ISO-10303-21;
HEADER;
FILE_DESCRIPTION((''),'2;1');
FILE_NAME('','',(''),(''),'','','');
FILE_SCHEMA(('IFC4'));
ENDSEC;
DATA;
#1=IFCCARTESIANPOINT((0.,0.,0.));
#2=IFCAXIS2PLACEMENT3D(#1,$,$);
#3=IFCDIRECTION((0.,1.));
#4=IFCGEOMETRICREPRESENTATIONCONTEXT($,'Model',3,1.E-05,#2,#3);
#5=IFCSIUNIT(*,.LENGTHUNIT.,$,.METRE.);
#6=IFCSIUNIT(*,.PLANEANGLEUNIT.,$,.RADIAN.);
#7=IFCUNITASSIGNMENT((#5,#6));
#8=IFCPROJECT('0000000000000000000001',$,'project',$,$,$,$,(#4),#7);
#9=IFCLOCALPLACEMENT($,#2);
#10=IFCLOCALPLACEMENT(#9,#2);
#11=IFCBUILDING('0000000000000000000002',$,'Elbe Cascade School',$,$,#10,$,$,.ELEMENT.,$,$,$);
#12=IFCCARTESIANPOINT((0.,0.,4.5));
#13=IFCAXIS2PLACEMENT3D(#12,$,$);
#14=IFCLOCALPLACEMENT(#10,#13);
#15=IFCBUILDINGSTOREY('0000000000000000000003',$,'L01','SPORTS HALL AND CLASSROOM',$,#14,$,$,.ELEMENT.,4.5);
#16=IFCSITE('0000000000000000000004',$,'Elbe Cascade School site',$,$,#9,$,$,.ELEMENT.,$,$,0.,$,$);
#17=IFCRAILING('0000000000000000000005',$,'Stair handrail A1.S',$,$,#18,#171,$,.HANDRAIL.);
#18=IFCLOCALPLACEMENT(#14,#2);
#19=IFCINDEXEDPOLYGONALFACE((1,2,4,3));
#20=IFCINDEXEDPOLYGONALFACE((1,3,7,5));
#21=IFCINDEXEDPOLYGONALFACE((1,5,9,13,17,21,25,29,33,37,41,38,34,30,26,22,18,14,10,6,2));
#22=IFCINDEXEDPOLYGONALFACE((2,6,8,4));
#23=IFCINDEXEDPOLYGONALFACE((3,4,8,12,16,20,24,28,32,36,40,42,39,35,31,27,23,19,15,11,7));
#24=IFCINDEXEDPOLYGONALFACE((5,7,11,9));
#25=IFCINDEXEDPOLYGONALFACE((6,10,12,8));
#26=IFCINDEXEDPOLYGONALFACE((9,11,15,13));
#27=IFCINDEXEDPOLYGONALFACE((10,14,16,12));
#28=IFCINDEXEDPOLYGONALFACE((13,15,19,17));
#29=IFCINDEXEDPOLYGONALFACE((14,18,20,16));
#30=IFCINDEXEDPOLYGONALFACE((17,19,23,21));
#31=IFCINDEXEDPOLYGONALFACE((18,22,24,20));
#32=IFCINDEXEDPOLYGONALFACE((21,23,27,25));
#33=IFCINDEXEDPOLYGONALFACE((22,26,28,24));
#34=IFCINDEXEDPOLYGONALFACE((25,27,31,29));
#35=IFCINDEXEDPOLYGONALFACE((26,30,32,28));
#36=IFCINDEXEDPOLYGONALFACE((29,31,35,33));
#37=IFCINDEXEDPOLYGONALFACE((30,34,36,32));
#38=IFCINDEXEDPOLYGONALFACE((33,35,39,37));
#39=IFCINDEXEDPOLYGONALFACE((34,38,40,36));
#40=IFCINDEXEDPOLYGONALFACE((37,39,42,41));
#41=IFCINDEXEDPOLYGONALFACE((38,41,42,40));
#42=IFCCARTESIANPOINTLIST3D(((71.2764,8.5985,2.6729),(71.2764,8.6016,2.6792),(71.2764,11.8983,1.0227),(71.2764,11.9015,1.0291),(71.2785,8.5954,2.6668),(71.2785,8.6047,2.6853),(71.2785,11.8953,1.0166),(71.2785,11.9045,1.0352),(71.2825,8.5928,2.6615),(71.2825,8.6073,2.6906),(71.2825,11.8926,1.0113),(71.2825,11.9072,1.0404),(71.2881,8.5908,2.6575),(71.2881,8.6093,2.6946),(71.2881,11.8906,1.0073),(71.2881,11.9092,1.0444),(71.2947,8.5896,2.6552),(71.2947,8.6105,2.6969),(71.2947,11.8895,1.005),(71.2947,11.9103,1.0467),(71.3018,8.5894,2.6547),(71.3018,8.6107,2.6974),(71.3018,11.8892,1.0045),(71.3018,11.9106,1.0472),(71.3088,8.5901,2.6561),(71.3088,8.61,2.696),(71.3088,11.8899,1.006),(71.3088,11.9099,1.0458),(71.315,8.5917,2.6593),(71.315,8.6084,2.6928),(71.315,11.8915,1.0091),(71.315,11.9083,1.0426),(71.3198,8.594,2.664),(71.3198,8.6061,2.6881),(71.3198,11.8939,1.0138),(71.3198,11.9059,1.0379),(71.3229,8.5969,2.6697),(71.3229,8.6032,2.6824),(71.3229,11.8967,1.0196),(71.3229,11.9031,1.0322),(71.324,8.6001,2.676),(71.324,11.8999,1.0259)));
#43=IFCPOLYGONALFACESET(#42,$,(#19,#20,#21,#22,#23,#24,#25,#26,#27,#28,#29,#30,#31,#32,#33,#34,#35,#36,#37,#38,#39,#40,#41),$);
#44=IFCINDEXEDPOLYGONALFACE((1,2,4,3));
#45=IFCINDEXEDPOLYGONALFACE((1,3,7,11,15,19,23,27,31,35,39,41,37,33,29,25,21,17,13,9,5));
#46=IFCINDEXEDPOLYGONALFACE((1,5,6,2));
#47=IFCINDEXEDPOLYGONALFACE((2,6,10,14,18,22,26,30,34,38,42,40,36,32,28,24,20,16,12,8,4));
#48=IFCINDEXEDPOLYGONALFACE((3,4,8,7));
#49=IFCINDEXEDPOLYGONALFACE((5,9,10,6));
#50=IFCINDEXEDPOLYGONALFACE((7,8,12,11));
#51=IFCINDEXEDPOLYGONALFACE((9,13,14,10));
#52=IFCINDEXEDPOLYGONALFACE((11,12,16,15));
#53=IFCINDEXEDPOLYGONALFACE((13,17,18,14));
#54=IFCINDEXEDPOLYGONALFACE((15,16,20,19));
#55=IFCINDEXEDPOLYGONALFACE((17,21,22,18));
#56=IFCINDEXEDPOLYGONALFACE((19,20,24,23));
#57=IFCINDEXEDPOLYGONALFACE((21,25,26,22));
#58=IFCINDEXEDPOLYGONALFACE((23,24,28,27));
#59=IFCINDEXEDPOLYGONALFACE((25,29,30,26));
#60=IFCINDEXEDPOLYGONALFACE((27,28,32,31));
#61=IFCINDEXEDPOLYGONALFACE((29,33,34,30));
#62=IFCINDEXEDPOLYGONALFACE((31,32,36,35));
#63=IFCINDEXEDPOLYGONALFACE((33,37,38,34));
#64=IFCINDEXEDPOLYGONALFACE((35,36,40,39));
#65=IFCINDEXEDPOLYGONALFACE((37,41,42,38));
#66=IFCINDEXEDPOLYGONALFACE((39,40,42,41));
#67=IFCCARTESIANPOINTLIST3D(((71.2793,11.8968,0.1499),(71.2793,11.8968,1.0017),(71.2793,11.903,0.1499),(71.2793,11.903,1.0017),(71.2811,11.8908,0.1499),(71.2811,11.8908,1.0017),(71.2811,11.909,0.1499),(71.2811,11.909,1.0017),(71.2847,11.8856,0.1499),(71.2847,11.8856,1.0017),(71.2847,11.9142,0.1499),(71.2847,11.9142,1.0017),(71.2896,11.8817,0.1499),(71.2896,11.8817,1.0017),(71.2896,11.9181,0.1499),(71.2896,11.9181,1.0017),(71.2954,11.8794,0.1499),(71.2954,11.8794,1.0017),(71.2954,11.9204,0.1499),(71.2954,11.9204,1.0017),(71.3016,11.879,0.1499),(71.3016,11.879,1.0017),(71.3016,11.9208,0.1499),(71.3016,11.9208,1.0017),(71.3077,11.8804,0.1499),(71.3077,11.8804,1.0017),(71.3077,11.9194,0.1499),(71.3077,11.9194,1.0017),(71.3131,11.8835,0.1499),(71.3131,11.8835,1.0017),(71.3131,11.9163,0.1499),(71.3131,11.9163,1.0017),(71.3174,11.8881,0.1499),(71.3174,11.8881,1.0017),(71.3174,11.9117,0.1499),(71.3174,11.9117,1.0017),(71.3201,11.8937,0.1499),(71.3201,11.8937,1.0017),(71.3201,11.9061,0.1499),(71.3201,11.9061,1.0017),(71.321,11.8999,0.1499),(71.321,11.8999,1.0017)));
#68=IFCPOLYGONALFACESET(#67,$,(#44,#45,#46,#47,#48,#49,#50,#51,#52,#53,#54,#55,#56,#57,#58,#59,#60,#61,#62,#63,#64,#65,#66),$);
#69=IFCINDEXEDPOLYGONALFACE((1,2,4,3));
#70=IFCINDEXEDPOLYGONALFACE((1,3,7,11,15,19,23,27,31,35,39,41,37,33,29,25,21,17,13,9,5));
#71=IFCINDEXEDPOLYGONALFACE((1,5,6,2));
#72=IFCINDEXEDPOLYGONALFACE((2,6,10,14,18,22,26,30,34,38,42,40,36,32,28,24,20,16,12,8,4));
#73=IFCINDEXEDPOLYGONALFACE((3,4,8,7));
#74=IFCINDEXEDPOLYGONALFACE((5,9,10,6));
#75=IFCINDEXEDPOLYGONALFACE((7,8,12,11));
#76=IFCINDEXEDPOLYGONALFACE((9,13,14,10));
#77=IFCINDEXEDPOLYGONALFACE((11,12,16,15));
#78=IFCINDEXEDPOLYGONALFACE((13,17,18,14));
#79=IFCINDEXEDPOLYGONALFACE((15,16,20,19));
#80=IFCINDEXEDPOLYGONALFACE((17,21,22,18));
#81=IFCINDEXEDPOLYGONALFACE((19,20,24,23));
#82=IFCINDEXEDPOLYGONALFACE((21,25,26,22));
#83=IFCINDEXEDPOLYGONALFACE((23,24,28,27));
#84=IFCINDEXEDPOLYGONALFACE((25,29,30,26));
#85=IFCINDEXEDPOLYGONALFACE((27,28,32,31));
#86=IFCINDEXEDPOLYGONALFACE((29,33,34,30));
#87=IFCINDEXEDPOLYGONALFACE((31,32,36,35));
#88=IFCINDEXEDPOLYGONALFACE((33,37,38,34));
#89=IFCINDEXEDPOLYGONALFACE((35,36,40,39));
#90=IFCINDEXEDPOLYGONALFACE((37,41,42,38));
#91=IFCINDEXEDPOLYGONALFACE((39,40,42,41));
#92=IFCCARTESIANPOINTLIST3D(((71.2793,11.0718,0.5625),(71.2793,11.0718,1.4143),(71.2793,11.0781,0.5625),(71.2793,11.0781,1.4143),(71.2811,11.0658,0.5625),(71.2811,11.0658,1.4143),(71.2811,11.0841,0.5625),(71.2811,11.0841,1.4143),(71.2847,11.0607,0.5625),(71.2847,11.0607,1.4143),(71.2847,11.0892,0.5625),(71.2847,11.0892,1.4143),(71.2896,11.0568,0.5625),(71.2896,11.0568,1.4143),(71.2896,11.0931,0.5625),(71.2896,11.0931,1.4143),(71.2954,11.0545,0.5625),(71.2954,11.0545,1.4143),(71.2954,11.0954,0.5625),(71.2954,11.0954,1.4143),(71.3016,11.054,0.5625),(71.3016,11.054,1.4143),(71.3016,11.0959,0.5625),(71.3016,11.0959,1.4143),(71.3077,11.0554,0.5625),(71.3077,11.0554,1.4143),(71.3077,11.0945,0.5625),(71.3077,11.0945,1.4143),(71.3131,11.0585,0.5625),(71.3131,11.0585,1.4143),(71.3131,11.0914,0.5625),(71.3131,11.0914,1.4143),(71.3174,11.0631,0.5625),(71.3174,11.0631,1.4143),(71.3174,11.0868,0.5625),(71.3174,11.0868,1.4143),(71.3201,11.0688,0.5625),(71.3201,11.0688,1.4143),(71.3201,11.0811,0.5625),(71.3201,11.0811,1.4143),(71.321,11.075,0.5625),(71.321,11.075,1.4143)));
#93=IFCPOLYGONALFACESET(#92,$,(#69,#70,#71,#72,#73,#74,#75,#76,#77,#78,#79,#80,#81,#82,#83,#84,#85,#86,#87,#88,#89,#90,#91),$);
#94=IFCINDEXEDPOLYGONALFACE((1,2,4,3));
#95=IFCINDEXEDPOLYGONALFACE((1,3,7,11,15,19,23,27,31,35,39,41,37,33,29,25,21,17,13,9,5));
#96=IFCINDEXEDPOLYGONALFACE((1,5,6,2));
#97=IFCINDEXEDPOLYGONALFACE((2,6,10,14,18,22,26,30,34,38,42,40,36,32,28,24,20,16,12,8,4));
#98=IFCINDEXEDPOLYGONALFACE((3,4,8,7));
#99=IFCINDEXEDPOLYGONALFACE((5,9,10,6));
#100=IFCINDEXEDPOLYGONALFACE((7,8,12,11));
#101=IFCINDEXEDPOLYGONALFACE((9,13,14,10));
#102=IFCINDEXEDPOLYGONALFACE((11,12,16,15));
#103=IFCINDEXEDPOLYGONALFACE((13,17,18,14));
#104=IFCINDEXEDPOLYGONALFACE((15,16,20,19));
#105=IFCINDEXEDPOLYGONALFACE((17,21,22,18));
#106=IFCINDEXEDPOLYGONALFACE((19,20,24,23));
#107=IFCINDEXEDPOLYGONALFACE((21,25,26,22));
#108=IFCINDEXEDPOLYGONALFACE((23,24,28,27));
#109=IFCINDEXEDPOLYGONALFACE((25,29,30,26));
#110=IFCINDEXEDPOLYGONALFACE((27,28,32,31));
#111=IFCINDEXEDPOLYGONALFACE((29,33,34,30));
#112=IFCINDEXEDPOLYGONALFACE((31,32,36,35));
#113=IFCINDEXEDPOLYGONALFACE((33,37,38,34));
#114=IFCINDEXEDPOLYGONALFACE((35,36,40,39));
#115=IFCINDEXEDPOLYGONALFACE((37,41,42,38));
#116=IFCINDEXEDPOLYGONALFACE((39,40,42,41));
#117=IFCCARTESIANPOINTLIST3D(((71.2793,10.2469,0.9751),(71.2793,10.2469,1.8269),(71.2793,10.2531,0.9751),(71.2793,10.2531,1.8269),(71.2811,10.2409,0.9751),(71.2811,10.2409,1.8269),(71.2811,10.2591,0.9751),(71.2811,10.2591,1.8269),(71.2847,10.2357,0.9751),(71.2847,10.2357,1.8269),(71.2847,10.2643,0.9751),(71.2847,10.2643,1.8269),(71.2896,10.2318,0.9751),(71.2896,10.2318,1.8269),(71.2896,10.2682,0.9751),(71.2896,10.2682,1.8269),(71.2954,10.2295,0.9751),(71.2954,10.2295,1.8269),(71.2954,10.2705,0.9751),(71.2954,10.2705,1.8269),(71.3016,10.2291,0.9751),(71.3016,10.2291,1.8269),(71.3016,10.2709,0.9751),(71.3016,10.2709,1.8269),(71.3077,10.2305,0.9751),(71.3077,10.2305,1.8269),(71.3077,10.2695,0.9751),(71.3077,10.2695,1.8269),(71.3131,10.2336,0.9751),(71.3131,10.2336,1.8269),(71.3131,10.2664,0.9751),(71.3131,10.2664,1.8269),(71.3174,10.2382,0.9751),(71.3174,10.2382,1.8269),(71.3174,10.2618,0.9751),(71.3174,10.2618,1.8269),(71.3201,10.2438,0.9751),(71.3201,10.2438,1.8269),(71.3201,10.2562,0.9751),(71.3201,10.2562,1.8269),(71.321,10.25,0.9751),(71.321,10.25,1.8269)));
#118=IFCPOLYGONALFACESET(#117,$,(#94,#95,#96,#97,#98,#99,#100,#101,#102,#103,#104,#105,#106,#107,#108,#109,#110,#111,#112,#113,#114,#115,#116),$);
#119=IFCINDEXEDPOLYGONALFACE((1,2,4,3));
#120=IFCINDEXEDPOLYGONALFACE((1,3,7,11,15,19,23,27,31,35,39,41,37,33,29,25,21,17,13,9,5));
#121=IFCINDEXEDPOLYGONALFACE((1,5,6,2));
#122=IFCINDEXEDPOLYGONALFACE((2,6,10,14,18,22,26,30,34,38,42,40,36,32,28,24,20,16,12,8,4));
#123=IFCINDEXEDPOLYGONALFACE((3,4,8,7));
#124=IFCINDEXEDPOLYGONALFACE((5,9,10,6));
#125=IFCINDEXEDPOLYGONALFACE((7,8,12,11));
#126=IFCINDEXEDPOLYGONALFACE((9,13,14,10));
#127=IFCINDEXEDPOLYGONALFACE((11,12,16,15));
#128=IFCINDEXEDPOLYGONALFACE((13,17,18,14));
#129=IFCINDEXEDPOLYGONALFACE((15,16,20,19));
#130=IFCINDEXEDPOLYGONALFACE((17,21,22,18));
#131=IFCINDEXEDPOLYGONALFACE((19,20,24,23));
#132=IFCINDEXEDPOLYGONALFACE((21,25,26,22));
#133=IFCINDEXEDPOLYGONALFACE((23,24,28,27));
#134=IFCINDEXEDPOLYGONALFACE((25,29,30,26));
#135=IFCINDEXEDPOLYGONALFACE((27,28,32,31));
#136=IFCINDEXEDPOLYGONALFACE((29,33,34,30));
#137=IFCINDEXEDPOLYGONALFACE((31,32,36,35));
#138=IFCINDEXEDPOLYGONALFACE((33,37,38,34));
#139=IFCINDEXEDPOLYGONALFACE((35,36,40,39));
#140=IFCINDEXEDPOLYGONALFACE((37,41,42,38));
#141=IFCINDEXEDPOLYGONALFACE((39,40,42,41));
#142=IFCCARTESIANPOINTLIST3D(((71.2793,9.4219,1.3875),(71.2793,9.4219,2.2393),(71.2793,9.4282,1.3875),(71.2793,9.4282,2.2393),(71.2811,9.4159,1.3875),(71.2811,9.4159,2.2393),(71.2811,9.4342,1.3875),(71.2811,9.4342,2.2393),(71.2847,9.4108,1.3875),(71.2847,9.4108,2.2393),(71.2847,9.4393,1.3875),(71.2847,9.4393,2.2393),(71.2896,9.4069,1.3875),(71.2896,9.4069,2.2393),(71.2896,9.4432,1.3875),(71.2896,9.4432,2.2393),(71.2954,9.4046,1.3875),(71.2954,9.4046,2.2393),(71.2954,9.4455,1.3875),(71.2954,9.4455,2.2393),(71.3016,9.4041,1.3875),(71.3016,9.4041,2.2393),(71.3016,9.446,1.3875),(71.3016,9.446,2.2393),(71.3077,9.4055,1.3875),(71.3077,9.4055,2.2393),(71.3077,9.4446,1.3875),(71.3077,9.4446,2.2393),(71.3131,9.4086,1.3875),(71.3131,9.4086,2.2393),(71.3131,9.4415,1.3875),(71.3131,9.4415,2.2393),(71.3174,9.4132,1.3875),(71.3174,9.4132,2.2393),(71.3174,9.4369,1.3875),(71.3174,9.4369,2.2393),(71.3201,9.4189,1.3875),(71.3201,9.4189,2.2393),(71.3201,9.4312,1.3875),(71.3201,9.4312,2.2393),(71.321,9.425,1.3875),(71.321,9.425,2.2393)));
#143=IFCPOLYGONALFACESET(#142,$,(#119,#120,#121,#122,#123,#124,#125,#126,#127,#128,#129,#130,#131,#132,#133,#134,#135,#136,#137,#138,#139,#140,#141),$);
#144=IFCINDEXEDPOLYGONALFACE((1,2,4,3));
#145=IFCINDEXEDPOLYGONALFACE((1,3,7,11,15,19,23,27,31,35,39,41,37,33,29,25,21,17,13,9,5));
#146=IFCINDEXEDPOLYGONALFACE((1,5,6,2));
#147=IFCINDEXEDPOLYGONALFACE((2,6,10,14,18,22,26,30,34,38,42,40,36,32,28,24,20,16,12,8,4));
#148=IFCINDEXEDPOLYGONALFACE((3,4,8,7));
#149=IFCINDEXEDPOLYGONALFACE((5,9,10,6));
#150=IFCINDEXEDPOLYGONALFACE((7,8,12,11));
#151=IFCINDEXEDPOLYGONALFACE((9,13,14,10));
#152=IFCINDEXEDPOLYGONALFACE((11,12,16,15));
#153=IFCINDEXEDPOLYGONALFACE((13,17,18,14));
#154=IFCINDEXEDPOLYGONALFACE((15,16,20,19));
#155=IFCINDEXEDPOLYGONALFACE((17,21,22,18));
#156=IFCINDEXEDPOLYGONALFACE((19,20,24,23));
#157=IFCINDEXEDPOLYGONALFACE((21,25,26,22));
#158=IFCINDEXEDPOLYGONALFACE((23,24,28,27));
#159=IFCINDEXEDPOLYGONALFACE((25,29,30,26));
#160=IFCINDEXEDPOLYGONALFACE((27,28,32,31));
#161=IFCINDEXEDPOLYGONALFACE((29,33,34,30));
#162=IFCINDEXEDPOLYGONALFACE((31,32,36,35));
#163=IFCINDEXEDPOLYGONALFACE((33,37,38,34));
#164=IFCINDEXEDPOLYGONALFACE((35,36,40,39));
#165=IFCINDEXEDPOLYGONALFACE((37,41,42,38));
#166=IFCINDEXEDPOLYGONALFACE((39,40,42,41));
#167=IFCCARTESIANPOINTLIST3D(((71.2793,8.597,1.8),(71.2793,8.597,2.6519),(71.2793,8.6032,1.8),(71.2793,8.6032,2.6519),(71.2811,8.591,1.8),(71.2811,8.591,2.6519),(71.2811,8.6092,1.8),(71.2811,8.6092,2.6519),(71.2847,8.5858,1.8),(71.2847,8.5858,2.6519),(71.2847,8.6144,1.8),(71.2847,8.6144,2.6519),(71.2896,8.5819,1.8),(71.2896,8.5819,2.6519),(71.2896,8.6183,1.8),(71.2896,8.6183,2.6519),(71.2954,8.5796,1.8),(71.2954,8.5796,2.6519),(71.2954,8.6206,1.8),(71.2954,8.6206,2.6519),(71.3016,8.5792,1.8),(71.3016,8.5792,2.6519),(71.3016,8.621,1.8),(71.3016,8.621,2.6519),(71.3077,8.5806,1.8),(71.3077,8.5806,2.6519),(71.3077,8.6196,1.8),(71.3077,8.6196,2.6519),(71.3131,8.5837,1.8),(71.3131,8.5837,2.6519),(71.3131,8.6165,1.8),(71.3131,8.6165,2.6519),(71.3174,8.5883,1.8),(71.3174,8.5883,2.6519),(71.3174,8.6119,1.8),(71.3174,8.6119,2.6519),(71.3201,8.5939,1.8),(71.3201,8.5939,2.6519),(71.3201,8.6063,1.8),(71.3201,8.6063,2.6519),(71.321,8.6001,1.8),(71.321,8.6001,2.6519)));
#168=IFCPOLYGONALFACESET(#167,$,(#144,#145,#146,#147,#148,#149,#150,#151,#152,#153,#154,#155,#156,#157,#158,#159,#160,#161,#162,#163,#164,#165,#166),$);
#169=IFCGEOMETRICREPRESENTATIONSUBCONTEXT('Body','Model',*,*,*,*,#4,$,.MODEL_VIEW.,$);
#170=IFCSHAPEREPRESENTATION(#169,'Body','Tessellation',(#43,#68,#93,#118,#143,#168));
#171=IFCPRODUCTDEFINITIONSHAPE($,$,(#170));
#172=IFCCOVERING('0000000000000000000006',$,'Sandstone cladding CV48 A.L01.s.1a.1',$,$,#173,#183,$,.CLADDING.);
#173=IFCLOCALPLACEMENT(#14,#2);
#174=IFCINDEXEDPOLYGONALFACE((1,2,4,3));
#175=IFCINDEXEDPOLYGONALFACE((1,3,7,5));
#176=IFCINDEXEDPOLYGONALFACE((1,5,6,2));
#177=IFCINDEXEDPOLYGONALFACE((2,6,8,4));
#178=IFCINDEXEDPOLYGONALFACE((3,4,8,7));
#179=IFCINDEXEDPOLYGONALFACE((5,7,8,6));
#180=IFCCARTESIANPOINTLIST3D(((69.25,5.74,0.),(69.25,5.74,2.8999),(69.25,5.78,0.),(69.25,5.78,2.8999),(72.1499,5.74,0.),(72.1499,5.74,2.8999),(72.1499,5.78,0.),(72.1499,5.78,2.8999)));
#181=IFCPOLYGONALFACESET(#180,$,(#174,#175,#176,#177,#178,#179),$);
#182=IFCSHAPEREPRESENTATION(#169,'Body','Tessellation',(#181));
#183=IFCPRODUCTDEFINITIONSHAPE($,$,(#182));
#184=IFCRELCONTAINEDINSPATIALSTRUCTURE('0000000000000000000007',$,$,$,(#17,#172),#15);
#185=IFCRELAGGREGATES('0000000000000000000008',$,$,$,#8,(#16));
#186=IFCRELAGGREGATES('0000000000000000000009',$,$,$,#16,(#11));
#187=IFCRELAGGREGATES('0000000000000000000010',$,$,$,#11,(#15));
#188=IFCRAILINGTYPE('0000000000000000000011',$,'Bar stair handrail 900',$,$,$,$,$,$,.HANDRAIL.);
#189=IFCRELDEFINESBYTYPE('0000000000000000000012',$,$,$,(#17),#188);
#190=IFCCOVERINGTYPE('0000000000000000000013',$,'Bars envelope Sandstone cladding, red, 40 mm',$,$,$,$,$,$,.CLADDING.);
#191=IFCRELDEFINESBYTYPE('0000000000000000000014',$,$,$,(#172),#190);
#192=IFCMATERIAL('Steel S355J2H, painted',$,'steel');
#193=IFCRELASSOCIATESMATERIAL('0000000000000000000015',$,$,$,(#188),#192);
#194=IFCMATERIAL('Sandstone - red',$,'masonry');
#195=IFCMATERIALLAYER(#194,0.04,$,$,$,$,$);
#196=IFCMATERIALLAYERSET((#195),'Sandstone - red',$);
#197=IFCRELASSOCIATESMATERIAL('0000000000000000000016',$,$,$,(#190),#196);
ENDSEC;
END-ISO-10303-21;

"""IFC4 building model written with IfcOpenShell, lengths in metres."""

from ifc_helpers import new_model, si_unit, direction, frame, origin, origin_2d, place, context, subcontext, project, spatial, rectangle, circle, extrude, material, layer, layer_set, type_object, element, save


model = new_model("IFC4")

# Units and contexts
model_context = context("Model", 3, precision=1e-05, world=origin(), true_north=direction((0.0, 1.0)))
body_context = subcontext(model_context, "Body", "Model", "MODEL_VIEW")
ifc_project = project(units=[si_unit("LENGTHUNIT", "METRE"), si_unit("PLANEANGLEUNIT", "RADIAN")], contexts=[model_context])

# Site, building, storey
site_placement = place(None, origin())
site = spatial("IfcSite", under=ifc_project, at=site_placement, Name="Elbe Cascade School site", CompositionType="ELEMENT", RefElevation=0.0)
building_placement = place(site_placement, origin())
building = spatial("IfcBuilding", under=site, at=building_placement, Name="Elbe Cascade School", CompositionType="ELEMENT")
storey_placement = place(building_placement, frame((0.0, 0.0, 4.5)))
storey = spatial("IfcBuildingStorey", under=building, at=storey_placement, Name="L01", Description="SPORTS HALL AND CLASSROOM", CompositionType="ELEMENT", Elevation=4.5)

# Railing
ifc_material_1 = material(Name="Steel S355J2H, painted", Category="steel")
railing_type_1 = type_object("IfcRailingType", Name="Bar stair handrail 900", PredefinedType="HANDRAIL", material=ifc_material_1)
railing_1_placement = place(storey_placement, frame((71.3, 11.8999, 0.1499)))
element("IfcRailing", 1, at=railing_1_placement, inside=storey, type_object=railing_type_1, Name="Stair handrail A1.S", PredefinedType="HANDRAIL", context=body_context, shape_type="SweptSolid", body=[
    extrude(circle(Radius=0.0239, at=origin_2d()), frame((0.0, 0.0, 0.876), z_axis=(0.0, -0.894401, 0.447267), x_axis=(1.0, 0.0, 0.0)), (0.0, 0.0, 1.0), 3.6895),
    extrude(circle(Radius=0.021, at=origin_2d()), origin(), (0.0, 0.0, 1.0), 0.8518),
    extrude(circle(Radius=0.021, at=origin_2d()), frame((0.0, -0.825, 0.4126)), (0.0, 0.0, 1.0), 0.8518),
    extrude(circle(Radius=0.021, at=origin_2d()), frame((0.0, -1.6499, 0.8252)), (0.0, 0.0, 1.0), 0.8518),
    extrude(circle(Radius=0.021, at=origin_2d()), frame((0.0, -2.4749, 1.2375)), (0.0, 0.0, 1.0), 0.8518),
    extrude(circle(Radius=0.021, at=origin_2d()), frame((0.0, -3.2998, 1.6501)), (0.0, 0.0, 1.0), 0.8518),
])

# Covering
ifc_material_2 = material(Name="Sandstone - red", Category="masonry")
ifc_layer_1 = layer(ifc_material_2, 0.04)
ifc_layer_set_1 = layer_set([ifc_layer_1], Name="Sandstone - red")
covering_type = type_object("IfcCoveringType", Name="Bars envelope Sandstone cladding, red, 40 mm", PredefinedType="CLADDING", material=ifc_layer_set_1)
covering_placement = place(storey_placement, frame((70.7, 5.76, 0.0), z_axis=(0.0, 0.0, 1.0), x_axis=(1.0, 0.0, 0.0)))
element("IfcCovering", 2, at=covering_placement, inside=storey, type_object=covering_type, Name="Sandstone cladding CV48 A.L01.s.1a.1", PredefinedType="CLADDING", context=body_context, shape_type="SweptSolid", body=[
    extrude(rectangle(XDim=2.8999, YDim=0.04, at=origin_2d()), origin(), (0.0, 0.0, 1.0), 2.8999),
])

save(model, "model.ifc")
